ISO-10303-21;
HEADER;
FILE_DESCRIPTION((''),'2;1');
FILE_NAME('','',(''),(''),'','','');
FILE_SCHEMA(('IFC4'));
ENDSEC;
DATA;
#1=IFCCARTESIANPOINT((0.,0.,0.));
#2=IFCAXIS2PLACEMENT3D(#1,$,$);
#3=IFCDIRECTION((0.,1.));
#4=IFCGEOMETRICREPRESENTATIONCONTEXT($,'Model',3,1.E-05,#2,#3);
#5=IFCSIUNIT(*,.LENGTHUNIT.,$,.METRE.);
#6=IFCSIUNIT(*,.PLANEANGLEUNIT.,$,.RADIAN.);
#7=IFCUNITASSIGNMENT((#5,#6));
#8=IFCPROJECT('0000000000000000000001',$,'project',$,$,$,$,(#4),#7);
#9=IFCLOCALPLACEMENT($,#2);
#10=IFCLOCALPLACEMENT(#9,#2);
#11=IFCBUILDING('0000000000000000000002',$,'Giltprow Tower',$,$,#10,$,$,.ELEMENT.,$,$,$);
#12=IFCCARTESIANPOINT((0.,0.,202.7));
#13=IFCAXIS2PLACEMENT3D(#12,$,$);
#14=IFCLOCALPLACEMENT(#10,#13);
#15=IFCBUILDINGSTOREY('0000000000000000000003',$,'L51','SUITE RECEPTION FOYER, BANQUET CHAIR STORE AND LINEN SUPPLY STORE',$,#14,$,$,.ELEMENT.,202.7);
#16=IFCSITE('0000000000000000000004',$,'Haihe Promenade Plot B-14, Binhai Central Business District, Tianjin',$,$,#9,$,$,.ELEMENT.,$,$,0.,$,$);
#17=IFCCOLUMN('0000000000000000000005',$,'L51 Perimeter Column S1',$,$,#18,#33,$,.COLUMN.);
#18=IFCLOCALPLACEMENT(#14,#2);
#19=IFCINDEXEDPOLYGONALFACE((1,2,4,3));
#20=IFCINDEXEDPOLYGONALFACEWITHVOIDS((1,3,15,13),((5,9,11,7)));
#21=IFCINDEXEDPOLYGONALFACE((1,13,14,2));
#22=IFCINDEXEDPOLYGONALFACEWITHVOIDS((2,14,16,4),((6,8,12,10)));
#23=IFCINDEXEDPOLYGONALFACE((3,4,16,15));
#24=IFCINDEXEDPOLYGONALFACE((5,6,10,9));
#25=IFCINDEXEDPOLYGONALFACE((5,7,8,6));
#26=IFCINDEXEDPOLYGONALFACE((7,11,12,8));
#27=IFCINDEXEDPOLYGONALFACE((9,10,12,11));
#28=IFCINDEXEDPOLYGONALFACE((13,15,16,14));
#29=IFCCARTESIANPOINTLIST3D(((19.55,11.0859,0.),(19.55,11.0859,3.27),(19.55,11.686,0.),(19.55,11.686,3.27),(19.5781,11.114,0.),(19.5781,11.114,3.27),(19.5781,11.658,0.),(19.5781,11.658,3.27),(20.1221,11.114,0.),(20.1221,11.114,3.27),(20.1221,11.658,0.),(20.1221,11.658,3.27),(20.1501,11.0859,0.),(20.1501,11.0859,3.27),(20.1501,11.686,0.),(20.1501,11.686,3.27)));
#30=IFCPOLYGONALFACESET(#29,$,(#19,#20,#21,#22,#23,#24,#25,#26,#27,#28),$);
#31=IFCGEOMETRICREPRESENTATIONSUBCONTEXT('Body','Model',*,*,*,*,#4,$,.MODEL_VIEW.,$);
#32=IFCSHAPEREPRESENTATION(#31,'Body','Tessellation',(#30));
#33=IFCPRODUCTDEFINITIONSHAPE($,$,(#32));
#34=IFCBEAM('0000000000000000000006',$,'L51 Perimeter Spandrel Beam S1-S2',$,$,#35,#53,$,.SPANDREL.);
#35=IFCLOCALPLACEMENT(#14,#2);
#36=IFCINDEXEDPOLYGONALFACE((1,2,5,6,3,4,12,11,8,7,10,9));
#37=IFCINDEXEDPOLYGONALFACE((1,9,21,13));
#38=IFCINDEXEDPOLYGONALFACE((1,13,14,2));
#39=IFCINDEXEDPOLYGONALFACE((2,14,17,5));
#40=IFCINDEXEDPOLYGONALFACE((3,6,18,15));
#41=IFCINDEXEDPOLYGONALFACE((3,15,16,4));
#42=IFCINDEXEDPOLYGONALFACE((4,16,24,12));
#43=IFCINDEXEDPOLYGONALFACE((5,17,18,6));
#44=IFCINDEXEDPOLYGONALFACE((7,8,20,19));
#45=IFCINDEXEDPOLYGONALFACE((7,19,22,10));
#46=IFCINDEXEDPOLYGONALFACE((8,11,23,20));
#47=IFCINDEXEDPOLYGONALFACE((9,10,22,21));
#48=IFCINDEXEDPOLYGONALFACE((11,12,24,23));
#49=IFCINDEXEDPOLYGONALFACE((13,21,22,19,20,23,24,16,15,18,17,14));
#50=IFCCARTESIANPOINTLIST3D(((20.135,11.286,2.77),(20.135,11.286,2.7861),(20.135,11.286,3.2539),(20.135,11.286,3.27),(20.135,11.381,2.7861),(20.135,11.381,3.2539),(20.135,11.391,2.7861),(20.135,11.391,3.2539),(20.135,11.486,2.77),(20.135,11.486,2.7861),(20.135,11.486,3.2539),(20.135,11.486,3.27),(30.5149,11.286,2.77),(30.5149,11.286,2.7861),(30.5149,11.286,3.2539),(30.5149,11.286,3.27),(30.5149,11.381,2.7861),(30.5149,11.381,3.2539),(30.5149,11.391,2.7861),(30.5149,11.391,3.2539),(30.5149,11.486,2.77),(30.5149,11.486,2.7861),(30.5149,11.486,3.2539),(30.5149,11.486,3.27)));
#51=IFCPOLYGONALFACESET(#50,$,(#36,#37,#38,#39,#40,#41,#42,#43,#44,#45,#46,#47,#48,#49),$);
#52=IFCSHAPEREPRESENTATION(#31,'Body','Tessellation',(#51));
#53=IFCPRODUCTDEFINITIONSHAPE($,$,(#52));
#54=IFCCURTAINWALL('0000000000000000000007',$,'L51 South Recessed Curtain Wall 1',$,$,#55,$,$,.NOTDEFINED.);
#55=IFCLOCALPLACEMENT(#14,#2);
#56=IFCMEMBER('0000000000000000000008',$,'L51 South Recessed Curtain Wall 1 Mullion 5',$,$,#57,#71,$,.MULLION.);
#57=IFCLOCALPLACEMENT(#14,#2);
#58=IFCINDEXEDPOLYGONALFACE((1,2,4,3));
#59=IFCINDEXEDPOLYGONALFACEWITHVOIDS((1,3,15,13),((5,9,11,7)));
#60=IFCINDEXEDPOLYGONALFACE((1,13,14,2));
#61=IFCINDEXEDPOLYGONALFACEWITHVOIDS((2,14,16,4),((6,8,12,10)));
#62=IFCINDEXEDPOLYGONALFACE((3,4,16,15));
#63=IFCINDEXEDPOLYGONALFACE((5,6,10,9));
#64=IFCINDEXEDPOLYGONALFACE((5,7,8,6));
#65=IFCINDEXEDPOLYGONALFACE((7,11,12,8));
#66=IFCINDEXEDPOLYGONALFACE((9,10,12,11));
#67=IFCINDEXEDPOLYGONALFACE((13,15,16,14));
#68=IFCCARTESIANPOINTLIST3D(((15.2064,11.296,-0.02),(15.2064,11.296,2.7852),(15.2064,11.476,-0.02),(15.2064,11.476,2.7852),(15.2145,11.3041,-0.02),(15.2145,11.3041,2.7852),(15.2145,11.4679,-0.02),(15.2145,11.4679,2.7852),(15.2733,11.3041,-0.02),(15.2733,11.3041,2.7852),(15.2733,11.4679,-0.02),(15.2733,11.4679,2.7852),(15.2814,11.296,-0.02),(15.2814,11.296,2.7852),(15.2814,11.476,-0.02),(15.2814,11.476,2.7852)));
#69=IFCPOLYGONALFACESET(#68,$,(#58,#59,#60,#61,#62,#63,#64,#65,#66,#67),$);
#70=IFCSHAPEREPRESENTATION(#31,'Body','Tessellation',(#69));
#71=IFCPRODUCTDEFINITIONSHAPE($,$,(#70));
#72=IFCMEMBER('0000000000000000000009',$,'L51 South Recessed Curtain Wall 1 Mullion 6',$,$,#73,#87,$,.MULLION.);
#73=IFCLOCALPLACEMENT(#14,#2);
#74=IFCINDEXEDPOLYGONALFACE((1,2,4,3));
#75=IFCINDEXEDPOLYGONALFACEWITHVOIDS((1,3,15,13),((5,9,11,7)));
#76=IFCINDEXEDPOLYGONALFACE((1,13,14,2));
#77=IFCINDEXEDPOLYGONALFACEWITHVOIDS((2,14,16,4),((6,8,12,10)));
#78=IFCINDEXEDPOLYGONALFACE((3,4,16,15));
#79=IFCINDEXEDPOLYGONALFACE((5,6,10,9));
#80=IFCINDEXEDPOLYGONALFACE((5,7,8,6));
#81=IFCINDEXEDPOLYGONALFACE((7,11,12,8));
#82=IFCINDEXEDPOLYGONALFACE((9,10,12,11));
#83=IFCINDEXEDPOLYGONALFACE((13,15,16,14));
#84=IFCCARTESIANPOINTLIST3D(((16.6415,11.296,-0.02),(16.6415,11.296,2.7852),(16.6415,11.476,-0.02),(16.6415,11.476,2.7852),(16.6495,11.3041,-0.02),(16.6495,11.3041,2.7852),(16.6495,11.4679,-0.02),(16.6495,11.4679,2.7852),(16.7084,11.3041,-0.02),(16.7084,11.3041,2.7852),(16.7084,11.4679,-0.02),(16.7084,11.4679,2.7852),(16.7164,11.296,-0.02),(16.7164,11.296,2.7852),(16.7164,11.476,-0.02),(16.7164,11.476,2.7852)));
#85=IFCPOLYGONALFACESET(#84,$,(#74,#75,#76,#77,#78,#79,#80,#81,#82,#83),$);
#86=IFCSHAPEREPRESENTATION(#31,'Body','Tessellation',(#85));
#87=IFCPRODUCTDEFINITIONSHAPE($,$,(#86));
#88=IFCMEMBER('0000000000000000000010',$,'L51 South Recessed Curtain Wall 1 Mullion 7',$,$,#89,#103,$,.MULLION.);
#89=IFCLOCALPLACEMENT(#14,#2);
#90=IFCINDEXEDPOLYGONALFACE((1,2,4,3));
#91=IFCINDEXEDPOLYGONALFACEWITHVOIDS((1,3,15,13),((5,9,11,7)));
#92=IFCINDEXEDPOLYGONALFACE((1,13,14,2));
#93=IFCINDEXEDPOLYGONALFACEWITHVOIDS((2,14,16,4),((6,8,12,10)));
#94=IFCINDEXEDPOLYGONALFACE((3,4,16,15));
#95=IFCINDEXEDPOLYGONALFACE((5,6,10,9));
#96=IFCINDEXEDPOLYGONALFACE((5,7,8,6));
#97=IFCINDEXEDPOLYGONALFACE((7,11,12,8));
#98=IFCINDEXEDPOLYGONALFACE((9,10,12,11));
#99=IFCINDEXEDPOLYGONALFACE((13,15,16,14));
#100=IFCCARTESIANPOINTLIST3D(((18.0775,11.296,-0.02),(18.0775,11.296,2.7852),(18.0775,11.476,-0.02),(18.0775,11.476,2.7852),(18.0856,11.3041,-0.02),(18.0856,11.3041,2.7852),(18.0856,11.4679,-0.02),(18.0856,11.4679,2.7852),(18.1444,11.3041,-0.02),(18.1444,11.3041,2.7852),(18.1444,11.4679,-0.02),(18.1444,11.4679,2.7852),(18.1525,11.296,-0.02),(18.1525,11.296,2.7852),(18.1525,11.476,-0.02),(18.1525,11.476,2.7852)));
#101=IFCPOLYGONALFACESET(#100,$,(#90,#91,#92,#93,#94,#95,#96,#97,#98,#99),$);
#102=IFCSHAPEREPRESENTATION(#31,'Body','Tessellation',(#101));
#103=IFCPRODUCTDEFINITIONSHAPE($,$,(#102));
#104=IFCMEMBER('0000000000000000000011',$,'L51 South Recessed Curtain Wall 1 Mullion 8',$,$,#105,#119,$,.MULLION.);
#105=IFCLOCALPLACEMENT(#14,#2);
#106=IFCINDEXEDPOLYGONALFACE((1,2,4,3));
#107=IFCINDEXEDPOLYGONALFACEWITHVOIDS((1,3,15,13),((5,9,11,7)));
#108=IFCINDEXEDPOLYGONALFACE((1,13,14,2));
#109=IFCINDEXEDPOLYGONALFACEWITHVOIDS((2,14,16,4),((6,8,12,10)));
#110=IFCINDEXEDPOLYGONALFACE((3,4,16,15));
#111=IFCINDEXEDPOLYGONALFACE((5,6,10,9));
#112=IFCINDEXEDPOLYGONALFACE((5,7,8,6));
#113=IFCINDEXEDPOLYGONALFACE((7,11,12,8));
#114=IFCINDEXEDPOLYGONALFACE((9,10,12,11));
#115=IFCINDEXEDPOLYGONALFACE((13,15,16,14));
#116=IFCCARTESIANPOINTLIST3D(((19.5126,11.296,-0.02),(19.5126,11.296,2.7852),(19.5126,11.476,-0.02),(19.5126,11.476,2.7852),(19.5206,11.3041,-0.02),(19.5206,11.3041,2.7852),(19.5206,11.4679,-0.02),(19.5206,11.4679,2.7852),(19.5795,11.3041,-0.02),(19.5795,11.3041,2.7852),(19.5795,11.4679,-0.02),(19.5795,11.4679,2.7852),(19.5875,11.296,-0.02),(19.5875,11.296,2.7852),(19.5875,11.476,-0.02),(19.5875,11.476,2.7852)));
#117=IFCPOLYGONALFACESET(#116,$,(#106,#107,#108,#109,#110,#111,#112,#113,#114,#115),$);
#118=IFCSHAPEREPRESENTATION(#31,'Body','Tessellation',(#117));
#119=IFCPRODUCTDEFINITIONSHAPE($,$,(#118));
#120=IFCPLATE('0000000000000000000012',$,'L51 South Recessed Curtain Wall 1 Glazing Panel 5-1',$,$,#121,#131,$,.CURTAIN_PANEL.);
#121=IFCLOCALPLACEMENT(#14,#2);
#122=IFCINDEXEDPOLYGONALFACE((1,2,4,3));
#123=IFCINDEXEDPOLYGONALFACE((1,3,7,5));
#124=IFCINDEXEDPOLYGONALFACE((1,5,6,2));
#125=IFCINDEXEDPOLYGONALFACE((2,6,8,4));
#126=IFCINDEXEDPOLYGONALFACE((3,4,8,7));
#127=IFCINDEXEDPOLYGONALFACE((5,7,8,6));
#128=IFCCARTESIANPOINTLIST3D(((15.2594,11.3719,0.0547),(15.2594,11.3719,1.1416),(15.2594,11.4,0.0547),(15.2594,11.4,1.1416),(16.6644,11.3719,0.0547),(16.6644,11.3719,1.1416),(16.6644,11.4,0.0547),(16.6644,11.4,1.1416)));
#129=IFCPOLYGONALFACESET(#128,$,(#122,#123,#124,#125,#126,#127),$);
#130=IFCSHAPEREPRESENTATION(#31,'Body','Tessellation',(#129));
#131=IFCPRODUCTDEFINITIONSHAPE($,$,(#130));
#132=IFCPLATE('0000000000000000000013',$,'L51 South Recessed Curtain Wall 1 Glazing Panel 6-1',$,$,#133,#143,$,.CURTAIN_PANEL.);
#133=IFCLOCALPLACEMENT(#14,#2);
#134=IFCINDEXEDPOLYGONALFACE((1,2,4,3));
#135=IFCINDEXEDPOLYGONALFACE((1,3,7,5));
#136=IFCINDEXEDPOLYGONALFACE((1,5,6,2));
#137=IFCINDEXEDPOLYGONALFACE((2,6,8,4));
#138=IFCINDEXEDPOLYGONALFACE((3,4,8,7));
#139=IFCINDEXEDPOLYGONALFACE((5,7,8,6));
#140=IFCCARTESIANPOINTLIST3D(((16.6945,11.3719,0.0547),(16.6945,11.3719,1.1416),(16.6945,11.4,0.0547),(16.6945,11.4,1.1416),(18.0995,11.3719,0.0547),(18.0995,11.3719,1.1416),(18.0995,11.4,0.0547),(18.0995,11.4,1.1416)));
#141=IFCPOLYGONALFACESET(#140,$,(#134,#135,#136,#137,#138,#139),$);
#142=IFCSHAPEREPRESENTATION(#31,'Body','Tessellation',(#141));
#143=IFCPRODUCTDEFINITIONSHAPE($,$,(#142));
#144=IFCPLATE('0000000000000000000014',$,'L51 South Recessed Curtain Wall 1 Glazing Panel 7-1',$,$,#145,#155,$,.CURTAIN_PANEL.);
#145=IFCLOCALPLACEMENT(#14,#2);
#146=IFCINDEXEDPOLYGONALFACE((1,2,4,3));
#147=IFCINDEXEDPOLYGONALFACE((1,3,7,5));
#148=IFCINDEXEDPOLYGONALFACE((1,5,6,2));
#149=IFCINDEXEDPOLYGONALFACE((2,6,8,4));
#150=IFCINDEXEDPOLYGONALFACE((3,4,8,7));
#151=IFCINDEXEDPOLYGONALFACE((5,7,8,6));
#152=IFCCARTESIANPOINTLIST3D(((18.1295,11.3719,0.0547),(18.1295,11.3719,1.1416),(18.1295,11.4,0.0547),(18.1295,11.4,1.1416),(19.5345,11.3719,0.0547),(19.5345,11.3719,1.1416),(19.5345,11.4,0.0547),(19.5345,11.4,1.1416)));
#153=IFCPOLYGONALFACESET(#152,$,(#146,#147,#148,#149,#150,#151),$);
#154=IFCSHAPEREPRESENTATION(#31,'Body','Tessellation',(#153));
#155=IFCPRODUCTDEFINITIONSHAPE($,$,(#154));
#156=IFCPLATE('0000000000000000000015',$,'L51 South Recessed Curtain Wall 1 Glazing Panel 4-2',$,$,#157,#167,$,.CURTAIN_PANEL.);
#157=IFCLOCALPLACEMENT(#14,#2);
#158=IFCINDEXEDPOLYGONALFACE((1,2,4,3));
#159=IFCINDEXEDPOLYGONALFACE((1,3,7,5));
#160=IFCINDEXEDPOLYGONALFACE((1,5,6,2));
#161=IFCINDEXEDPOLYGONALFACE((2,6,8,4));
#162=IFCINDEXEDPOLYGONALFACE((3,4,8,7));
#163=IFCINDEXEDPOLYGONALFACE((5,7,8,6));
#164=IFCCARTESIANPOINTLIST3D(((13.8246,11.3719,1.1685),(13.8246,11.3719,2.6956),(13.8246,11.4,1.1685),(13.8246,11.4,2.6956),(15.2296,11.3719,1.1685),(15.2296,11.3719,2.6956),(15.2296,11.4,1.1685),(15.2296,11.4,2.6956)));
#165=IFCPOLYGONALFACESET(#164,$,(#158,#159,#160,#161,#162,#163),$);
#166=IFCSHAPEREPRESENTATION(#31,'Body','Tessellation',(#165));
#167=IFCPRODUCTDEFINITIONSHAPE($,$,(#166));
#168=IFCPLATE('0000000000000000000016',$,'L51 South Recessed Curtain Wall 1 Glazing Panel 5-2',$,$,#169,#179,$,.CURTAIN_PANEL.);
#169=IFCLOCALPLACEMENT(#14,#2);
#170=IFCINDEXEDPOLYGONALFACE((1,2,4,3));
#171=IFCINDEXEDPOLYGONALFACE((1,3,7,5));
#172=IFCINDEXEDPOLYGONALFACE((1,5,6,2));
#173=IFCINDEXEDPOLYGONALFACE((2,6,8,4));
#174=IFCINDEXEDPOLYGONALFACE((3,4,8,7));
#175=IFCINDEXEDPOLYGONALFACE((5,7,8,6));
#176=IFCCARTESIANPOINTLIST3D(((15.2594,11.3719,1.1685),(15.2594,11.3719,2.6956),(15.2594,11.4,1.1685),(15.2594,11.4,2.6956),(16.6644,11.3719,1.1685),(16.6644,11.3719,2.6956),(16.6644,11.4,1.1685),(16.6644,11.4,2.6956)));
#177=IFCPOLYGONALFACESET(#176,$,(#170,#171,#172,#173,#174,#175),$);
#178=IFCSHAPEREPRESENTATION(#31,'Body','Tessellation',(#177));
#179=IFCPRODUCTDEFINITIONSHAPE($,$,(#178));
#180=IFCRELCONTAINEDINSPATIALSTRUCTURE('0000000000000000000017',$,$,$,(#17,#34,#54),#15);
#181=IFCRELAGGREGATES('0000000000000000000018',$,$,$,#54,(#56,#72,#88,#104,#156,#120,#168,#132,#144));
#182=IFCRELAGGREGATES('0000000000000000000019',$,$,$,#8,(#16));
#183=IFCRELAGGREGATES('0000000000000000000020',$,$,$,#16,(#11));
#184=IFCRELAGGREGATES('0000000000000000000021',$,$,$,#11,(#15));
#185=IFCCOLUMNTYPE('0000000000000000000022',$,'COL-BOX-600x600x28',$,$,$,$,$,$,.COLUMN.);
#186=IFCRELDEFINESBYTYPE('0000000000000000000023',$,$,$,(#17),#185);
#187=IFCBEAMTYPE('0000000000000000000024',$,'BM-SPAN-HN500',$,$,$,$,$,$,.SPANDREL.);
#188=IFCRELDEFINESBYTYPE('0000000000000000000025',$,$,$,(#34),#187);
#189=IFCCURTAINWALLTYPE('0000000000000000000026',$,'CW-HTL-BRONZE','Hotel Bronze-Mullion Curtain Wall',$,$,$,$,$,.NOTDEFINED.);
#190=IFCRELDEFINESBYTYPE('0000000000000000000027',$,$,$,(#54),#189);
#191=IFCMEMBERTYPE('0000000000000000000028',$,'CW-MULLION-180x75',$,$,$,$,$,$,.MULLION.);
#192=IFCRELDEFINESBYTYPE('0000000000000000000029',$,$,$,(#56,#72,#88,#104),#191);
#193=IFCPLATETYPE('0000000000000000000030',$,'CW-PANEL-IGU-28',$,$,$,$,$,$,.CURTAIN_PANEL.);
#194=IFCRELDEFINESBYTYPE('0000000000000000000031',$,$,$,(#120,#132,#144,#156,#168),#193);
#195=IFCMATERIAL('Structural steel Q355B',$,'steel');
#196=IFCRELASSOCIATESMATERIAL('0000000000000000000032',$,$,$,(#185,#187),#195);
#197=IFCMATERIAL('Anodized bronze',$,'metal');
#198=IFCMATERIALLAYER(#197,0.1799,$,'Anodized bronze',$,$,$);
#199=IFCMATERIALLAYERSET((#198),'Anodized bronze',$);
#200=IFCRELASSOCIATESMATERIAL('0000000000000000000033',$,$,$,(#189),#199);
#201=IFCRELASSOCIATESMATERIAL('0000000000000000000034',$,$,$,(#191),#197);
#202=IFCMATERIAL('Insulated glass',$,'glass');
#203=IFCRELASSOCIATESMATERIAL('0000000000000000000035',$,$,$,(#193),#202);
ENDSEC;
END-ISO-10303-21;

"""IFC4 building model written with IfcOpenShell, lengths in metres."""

from ifc_helpers import new_model, si_unit, direction, frame, origin, origin_2d, place, context, subcontext, project, spatial, rectangle, hollow_rectangle, i_section, extrude, source, transform, mapped, material, layer, layer_set, material_profile, profile_set, type_object, element, aggregate, save


model = new_model("IFC4")

# Units and contexts
model_context = context("Model", 3, precision=1e-05, world=origin(), true_north=direction((0.0, 1.0)))
body_context = subcontext(model_context, "Body", "Model", "MODEL_VIEW")
ifc_project = project(units=[si_unit("LENGTHUNIT", "METRE"), si_unit("PLANEANGLEUNIT", "RADIAN")], contexts=[model_context])

# Site, building, storey
site_placement = place(None, origin())
site = spatial("IfcSite", under=ifc_project, at=site_placement, Name="Haihe Promenade Plot B-14, Binhai Central Business District, Tianjin", CompositionType="ELEMENT", RefElevation=0.0)
building_placement = place(site_placement, origin())
building = spatial("IfcBuilding", under=site, at=building_placement, Name="Giltprow Tower", CompositionType="ELEMENT")
storey_placement = place(building_placement, frame((0.0, 0.0, 202.7)))
storey = spatial("IfcBuildingStorey", under=building, at=storey_placement, Name="L51", Description="SUITE RECEPTION FOYER, BANQUET CHAIR STORE AND LINEN SUPPLY STORE", CompositionType="ELEMENT", Elevation=202.7)

# Column
ifc_material_1 = material(Name="Structural steel Q355B", Category="steel")
ifc_material_profile_1 = material_profile(ifc_material_1, hollow_rectangle(XDim=0.6001, YDim=0.6001, WallThickness=0.0281, at=origin_2d()), Name="BOX 600x600x28")
ifc_profile_set_1 = profile_set([ifc_material_profile_1], Name="Structural steel Q355B")
column_type = type_object("IfcColumnType", Name="COL-BOX-600x600x28", PredefinedType="COLUMN", material=ifc_profile_set_1)
shared_shape_1 = source(origin(), body_context, "Body", "SweptSolid", [
    extrude(hollow_rectangle(XDim=0.6001, YDim=0.6001, WallThickness=0.0281, at=origin_2d()), origin(), (0.0, 0.0, 1.0), 3.27),
])
column_placement = place(storey_placement, frame((19.8501, 11.386, 0.0), z_axis=(0.0, 0.0, 1.0), x_axis=(1.0, 0.0, 0.0)))
element("IfcColumn", 1, at=column_placement, inside=storey, type_object=column_type, Name="L51 Perimeter Column S1", PredefinedType="COLUMN", context=body_context, shape_type="MappedRepresentation", body=[
    mapped(shared_shape_1, transform((0.0, 0.0, 0.0), x_axis=(1.0, 0.0, 0.0), y_axis=(0.0, 1.0, 0.0), z_axis=(0.0, 0.0, 1.0), scale=1.0)),
])

# Beam
ifc_material_profile_2 = material_profile(ifc_material_1, i_section(OverallWidth=0.2, OverallDepth=0.5, WebThickness=0.01, FlangeThickness=0.0161, at=origin_2d()), Name="HN 500x200x10x16")
ifc_profile_set_2 = profile_set([ifc_material_profile_2], Name="Structural steel Q355B")
beam_type = type_object("IfcBeamType", Name="BM-SPAN-HN500", PredefinedType="SPANDREL", material=ifc_profile_set_2)
shared_shape_2 = source(origin(), body_context, "Body", "SweptSolid", [
    extrude(i_section(OverallWidth=0.2, OverallDepth=0.5, WebThickness=0.01, FlangeThickness=0.0161, at=origin_2d()), origin(), (0.0, 0.0, 1.0), 10.3799),
])
beam_placement = place(storey_placement, frame((20.135, 11.386, 3.02), z_axis=(1.0, 0.0, 0.0), x_axis=(0.0, 1.0, 0.0)))
element("IfcBeam", 2, at=beam_placement, inside=storey, type_object=beam_type, Name="L51 Perimeter Spandrel Beam S1-S2", PredefinedType="SPANDREL", context=body_context, shape_type="MappedRepresentation", body=[
    mapped(shared_shape_2, transform((0.0, 0.0, 0.0), x_axis=(1.0, 0.0, 0.0), y_axis=(0.0, 1.0, 0.0), z_axis=(0.0, 0.0, 1.0), scale=1.0)),
])

# Curtain wall, members, plates
ifc_material_2 = material(Name="Anodized bronze", Category="metal")
ifc_layer = layer(ifc_material_2, 0.1799, Name="Anodized bronze")
ifc_layer_set = layer_set([ifc_layer], Name="Anodized bronze")
curtain_wall_type = type_object("IfcCurtainWallType", Name="CW-HTL-BRONZE", Description="Hotel Bronze-Mullion Curtain Wall", PredefinedType="NOTDEFINED", material=ifc_layer_set)
curtain_wall_placement = place(storey_placement, origin())
curtain_wall = element("IfcCurtainWall", 3, at=curtain_wall_placement, inside=storey, type_object=curtain_wall_type, Name="L51 South Recessed Curtain Wall 1", PredefinedType="NOTDEFINED")
ifc_material_profile_3 = material_profile(ifc_material_2, hollow_rectangle(XDim=0.075, YDim=0.1799, WallThickness=0.0081, at=origin_2d()), Name="RHS 180x75x8")
ifc_profile_set_3 = profile_set([ifc_material_profile_3], Name="Anodized bronze")
member_type = type_object("IfcMemberType", Name="CW-MULLION-180x75", PredefinedType="MULLION", material=ifc_profile_set_3)
shared_shape_3 = source(origin(), body_context, "Body", "SweptSolid", [
    extrude(hollow_rectangle(XDim=0.075, YDim=0.1799, WallThickness=0.0081, at=origin_2d()), origin(), (0.0, 0.0, 1.0), 2.8052),
])
member_1_placement = place(storey_placement, frame((15.2439, 11.386, -0.02), z_axis=(0.0, 0.0, 1.0), x_axis=(1.0, 0.0, 0.0)))
member_1 = element("IfcMember", 4, at=member_1_placement, type_object=member_type, Name="L51 South Recessed Curtain Wall 1 Mullion 5", PredefinedType="MULLION", context=body_context, shape_type="MappedRepresentation", body=[
    mapped(shared_shape_3, transform((0.0, 0.0, 0.0), x_axis=(1.0, 0.0, 0.0), y_axis=(0.0, 1.0, 0.0), z_axis=(0.0, 0.0, 1.0), scale=1.0)),
])
member_2_placement = place(storey_placement, frame((16.679, 11.386, -0.02), z_axis=(0.0, 0.0, 1.0), x_axis=(1.0, 0.0, 0.0)))
member_2 = element("IfcMember", 5, at=member_2_placement, type_object=member_type, Name="L51 South Recessed Curtain Wall 1 Mullion 6", PredefinedType="MULLION", context=body_context, shape_type="MappedRepresentation", body=[
    mapped(shared_shape_3, transform((0.0, 0.0, 0.0), x_axis=(1.0, 0.0, 0.0), y_axis=(0.0, 1.0, 0.0), z_axis=(0.0, 0.0, 1.0), scale=1.0)),
])
member_3_placement = place(storey_placement, frame((18.115, 11.386, -0.02), z_axis=(0.0, 0.0, 1.0), x_axis=(1.0, 0.0, 0.0)))
member_3 = element("IfcMember", 6, at=member_3_placement, type_object=member_type, Name="L51 South Recessed Curtain Wall 1 Mullion 7", PredefinedType="MULLION", context=body_context, shape_type="MappedRepresentation", body=[
    mapped(shared_shape_3, transform((0.0, 0.0, 0.0), x_axis=(1.0, 0.0, 0.0), y_axis=(0.0, 1.0, 0.0), z_axis=(0.0, 0.0, 1.0), scale=1.0)),
])
member_4_placement = place(storey_placement, frame((19.55, 11.386, -0.02), z_axis=(0.0, 0.0, 1.0), x_axis=(1.0, 0.0, 0.0)))
member_4 = element("IfcMember", 7, at=member_4_placement, type_object=member_type, Name="L51 South Recessed Curtain Wall 1 Mullion 8", PredefinedType="MULLION", context=body_context, shape_type="MappedRepresentation", body=[
    mapped(shared_shape_3, transform((0.0, 0.0, 0.0), x_axis=(1.0, 0.0, 0.0), y_axis=(0.0, 1.0, 0.0), z_axis=(0.0, 0.0, 1.0), scale=1.0)),
])
ifc_material_3 = material(Name="Insulated glass", Category="glass")
plate_type = type_object("IfcPlateType", Name="CW-PANEL-IGU-28", PredefinedType="CURTAIN_PANEL", material=ifc_material_3)
shared_shape_4 = source(origin(), body_context, "Body", "SweptSolid", [
    extrude(rectangle(XDim=1.405, YDim=0.0281, at=origin_2d()), origin(), (0.0, 0.0, 1.0), 1.0869),
])
plate_1_placement = place(storey_placement, frame((15.9619, 11.386, 0.0547), z_axis=(0.0, 0.0, 1.0), x_axis=(1.0, 0.0, 0.0)))
plate_1 = element("IfcPlate", 8, at=plate_1_placement, type_object=plate_type, Name="L51 South Recessed Curtain Wall 1 Glazing Panel 5-1", PredefinedType="CURTAIN_PANEL", context=body_context, shape_type="MappedRepresentation", body=[
    mapped(shared_shape_4, transform((0.0, 0.0, 0.0), x_axis=(1.0, 0.0, 0.0), y_axis=(0.0, 1.0, 0.0), z_axis=(0.0, 0.0, 1.0), scale=1.0)),
])
plate_2_placement = place(storey_placement, frame((17.397, 11.386, 0.0547), z_axis=(0.0, 0.0, 1.0), x_axis=(1.0, 0.0, 0.0)))
plate_2 = element("IfcPlate", 9, at=plate_2_placement, type_object=plate_type, Name="L51 South Recessed Curtain Wall 1 Glazing Panel 6-1", PredefinedType="CURTAIN_PANEL", context=body_context, shape_type="MappedRepresentation", body=[
    mapped(shared_shape_4, transform((0.0, 0.0, 0.0), x_axis=(1.0, 0.0, 0.0), y_axis=(0.0, 1.0, 0.0), z_axis=(0.0, 0.0, 1.0), scale=1.0)),
])
plate_3_placement = place(storey_placement, frame((18.832, 11.386, 0.0547), z_axis=(0.0, 0.0, 1.0), x_axis=(1.0, 0.0, 0.0)))
plate_3 = element("IfcPlate", 10, at=plate_3_placement, type_object=plate_type, Name="L51 South Recessed Curtain Wall 1 Glazing Panel 7-1", PredefinedType="CURTAIN_PANEL", context=body_context, shape_type="MappedRepresentation", body=[
    mapped(shared_shape_4, transform((0.0, 0.0, 0.0), x_axis=(1.0, 0.0, 0.0), y_axis=(0.0, 1.0, 0.0), z_axis=(0.0, 0.0, 1.0), scale=1.0)),
])
shared_shape_5 = source(origin(), body_context, "Body", "SweptSolid", [
    extrude(rectangle(XDim=1.405, YDim=0.0281, at=origin_2d()), origin(), (0.0, 0.0, 1.0), 1.5271),
])
plate_4_placement = place(storey_placement, frame((14.5271, 11.386, 1.1685), z_axis=(0.0, 0.0, 1.0), x_axis=(1.0, 0.0, 0.0)))
plate_4 = element("IfcPlate", 11, at=plate_4_placement, type_object=plate_type, Name="L51 South Recessed Curtain Wall 1 Glazing Panel 4-2", PredefinedType="CURTAIN_PANEL", context=body_context, shape_type="MappedRepresentation", body=[
    mapped(shared_shape_5, transform((0.0, 0.0, 0.0), x_axis=(1.0, 0.0, 0.0), y_axis=(0.0, 1.0, 0.0), z_axis=(0.0, 0.0, 1.0), scale=1.0)),
])
plate_5_placement = place(storey_placement, frame((15.9619, 11.386, 1.1685), z_axis=(0.0, 0.0, 1.0), x_axis=(1.0, 0.0, 0.0)))
plate_5 = element("IfcPlate", 12, at=plate_5_placement, type_object=plate_type, Name="L51 South Recessed Curtain Wall 1 Glazing Panel 5-2", PredefinedType="CURTAIN_PANEL", context=body_context, shape_type="MappedRepresentation", body=[
    mapped(shared_shape_5, transform((0.0, 0.0, 0.0), x_axis=(1.0, 0.0, 0.0), y_axis=(0.0, 1.0, 0.0), z_axis=(0.0, 0.0, 1.0), scale=1.0)),
])
aggregate(curtain_wall, [member_1, member_2, member_3, member_4, plate_4, plate_1, plate_5, plate_2, plate_3])

save(model, "model.ifc")
